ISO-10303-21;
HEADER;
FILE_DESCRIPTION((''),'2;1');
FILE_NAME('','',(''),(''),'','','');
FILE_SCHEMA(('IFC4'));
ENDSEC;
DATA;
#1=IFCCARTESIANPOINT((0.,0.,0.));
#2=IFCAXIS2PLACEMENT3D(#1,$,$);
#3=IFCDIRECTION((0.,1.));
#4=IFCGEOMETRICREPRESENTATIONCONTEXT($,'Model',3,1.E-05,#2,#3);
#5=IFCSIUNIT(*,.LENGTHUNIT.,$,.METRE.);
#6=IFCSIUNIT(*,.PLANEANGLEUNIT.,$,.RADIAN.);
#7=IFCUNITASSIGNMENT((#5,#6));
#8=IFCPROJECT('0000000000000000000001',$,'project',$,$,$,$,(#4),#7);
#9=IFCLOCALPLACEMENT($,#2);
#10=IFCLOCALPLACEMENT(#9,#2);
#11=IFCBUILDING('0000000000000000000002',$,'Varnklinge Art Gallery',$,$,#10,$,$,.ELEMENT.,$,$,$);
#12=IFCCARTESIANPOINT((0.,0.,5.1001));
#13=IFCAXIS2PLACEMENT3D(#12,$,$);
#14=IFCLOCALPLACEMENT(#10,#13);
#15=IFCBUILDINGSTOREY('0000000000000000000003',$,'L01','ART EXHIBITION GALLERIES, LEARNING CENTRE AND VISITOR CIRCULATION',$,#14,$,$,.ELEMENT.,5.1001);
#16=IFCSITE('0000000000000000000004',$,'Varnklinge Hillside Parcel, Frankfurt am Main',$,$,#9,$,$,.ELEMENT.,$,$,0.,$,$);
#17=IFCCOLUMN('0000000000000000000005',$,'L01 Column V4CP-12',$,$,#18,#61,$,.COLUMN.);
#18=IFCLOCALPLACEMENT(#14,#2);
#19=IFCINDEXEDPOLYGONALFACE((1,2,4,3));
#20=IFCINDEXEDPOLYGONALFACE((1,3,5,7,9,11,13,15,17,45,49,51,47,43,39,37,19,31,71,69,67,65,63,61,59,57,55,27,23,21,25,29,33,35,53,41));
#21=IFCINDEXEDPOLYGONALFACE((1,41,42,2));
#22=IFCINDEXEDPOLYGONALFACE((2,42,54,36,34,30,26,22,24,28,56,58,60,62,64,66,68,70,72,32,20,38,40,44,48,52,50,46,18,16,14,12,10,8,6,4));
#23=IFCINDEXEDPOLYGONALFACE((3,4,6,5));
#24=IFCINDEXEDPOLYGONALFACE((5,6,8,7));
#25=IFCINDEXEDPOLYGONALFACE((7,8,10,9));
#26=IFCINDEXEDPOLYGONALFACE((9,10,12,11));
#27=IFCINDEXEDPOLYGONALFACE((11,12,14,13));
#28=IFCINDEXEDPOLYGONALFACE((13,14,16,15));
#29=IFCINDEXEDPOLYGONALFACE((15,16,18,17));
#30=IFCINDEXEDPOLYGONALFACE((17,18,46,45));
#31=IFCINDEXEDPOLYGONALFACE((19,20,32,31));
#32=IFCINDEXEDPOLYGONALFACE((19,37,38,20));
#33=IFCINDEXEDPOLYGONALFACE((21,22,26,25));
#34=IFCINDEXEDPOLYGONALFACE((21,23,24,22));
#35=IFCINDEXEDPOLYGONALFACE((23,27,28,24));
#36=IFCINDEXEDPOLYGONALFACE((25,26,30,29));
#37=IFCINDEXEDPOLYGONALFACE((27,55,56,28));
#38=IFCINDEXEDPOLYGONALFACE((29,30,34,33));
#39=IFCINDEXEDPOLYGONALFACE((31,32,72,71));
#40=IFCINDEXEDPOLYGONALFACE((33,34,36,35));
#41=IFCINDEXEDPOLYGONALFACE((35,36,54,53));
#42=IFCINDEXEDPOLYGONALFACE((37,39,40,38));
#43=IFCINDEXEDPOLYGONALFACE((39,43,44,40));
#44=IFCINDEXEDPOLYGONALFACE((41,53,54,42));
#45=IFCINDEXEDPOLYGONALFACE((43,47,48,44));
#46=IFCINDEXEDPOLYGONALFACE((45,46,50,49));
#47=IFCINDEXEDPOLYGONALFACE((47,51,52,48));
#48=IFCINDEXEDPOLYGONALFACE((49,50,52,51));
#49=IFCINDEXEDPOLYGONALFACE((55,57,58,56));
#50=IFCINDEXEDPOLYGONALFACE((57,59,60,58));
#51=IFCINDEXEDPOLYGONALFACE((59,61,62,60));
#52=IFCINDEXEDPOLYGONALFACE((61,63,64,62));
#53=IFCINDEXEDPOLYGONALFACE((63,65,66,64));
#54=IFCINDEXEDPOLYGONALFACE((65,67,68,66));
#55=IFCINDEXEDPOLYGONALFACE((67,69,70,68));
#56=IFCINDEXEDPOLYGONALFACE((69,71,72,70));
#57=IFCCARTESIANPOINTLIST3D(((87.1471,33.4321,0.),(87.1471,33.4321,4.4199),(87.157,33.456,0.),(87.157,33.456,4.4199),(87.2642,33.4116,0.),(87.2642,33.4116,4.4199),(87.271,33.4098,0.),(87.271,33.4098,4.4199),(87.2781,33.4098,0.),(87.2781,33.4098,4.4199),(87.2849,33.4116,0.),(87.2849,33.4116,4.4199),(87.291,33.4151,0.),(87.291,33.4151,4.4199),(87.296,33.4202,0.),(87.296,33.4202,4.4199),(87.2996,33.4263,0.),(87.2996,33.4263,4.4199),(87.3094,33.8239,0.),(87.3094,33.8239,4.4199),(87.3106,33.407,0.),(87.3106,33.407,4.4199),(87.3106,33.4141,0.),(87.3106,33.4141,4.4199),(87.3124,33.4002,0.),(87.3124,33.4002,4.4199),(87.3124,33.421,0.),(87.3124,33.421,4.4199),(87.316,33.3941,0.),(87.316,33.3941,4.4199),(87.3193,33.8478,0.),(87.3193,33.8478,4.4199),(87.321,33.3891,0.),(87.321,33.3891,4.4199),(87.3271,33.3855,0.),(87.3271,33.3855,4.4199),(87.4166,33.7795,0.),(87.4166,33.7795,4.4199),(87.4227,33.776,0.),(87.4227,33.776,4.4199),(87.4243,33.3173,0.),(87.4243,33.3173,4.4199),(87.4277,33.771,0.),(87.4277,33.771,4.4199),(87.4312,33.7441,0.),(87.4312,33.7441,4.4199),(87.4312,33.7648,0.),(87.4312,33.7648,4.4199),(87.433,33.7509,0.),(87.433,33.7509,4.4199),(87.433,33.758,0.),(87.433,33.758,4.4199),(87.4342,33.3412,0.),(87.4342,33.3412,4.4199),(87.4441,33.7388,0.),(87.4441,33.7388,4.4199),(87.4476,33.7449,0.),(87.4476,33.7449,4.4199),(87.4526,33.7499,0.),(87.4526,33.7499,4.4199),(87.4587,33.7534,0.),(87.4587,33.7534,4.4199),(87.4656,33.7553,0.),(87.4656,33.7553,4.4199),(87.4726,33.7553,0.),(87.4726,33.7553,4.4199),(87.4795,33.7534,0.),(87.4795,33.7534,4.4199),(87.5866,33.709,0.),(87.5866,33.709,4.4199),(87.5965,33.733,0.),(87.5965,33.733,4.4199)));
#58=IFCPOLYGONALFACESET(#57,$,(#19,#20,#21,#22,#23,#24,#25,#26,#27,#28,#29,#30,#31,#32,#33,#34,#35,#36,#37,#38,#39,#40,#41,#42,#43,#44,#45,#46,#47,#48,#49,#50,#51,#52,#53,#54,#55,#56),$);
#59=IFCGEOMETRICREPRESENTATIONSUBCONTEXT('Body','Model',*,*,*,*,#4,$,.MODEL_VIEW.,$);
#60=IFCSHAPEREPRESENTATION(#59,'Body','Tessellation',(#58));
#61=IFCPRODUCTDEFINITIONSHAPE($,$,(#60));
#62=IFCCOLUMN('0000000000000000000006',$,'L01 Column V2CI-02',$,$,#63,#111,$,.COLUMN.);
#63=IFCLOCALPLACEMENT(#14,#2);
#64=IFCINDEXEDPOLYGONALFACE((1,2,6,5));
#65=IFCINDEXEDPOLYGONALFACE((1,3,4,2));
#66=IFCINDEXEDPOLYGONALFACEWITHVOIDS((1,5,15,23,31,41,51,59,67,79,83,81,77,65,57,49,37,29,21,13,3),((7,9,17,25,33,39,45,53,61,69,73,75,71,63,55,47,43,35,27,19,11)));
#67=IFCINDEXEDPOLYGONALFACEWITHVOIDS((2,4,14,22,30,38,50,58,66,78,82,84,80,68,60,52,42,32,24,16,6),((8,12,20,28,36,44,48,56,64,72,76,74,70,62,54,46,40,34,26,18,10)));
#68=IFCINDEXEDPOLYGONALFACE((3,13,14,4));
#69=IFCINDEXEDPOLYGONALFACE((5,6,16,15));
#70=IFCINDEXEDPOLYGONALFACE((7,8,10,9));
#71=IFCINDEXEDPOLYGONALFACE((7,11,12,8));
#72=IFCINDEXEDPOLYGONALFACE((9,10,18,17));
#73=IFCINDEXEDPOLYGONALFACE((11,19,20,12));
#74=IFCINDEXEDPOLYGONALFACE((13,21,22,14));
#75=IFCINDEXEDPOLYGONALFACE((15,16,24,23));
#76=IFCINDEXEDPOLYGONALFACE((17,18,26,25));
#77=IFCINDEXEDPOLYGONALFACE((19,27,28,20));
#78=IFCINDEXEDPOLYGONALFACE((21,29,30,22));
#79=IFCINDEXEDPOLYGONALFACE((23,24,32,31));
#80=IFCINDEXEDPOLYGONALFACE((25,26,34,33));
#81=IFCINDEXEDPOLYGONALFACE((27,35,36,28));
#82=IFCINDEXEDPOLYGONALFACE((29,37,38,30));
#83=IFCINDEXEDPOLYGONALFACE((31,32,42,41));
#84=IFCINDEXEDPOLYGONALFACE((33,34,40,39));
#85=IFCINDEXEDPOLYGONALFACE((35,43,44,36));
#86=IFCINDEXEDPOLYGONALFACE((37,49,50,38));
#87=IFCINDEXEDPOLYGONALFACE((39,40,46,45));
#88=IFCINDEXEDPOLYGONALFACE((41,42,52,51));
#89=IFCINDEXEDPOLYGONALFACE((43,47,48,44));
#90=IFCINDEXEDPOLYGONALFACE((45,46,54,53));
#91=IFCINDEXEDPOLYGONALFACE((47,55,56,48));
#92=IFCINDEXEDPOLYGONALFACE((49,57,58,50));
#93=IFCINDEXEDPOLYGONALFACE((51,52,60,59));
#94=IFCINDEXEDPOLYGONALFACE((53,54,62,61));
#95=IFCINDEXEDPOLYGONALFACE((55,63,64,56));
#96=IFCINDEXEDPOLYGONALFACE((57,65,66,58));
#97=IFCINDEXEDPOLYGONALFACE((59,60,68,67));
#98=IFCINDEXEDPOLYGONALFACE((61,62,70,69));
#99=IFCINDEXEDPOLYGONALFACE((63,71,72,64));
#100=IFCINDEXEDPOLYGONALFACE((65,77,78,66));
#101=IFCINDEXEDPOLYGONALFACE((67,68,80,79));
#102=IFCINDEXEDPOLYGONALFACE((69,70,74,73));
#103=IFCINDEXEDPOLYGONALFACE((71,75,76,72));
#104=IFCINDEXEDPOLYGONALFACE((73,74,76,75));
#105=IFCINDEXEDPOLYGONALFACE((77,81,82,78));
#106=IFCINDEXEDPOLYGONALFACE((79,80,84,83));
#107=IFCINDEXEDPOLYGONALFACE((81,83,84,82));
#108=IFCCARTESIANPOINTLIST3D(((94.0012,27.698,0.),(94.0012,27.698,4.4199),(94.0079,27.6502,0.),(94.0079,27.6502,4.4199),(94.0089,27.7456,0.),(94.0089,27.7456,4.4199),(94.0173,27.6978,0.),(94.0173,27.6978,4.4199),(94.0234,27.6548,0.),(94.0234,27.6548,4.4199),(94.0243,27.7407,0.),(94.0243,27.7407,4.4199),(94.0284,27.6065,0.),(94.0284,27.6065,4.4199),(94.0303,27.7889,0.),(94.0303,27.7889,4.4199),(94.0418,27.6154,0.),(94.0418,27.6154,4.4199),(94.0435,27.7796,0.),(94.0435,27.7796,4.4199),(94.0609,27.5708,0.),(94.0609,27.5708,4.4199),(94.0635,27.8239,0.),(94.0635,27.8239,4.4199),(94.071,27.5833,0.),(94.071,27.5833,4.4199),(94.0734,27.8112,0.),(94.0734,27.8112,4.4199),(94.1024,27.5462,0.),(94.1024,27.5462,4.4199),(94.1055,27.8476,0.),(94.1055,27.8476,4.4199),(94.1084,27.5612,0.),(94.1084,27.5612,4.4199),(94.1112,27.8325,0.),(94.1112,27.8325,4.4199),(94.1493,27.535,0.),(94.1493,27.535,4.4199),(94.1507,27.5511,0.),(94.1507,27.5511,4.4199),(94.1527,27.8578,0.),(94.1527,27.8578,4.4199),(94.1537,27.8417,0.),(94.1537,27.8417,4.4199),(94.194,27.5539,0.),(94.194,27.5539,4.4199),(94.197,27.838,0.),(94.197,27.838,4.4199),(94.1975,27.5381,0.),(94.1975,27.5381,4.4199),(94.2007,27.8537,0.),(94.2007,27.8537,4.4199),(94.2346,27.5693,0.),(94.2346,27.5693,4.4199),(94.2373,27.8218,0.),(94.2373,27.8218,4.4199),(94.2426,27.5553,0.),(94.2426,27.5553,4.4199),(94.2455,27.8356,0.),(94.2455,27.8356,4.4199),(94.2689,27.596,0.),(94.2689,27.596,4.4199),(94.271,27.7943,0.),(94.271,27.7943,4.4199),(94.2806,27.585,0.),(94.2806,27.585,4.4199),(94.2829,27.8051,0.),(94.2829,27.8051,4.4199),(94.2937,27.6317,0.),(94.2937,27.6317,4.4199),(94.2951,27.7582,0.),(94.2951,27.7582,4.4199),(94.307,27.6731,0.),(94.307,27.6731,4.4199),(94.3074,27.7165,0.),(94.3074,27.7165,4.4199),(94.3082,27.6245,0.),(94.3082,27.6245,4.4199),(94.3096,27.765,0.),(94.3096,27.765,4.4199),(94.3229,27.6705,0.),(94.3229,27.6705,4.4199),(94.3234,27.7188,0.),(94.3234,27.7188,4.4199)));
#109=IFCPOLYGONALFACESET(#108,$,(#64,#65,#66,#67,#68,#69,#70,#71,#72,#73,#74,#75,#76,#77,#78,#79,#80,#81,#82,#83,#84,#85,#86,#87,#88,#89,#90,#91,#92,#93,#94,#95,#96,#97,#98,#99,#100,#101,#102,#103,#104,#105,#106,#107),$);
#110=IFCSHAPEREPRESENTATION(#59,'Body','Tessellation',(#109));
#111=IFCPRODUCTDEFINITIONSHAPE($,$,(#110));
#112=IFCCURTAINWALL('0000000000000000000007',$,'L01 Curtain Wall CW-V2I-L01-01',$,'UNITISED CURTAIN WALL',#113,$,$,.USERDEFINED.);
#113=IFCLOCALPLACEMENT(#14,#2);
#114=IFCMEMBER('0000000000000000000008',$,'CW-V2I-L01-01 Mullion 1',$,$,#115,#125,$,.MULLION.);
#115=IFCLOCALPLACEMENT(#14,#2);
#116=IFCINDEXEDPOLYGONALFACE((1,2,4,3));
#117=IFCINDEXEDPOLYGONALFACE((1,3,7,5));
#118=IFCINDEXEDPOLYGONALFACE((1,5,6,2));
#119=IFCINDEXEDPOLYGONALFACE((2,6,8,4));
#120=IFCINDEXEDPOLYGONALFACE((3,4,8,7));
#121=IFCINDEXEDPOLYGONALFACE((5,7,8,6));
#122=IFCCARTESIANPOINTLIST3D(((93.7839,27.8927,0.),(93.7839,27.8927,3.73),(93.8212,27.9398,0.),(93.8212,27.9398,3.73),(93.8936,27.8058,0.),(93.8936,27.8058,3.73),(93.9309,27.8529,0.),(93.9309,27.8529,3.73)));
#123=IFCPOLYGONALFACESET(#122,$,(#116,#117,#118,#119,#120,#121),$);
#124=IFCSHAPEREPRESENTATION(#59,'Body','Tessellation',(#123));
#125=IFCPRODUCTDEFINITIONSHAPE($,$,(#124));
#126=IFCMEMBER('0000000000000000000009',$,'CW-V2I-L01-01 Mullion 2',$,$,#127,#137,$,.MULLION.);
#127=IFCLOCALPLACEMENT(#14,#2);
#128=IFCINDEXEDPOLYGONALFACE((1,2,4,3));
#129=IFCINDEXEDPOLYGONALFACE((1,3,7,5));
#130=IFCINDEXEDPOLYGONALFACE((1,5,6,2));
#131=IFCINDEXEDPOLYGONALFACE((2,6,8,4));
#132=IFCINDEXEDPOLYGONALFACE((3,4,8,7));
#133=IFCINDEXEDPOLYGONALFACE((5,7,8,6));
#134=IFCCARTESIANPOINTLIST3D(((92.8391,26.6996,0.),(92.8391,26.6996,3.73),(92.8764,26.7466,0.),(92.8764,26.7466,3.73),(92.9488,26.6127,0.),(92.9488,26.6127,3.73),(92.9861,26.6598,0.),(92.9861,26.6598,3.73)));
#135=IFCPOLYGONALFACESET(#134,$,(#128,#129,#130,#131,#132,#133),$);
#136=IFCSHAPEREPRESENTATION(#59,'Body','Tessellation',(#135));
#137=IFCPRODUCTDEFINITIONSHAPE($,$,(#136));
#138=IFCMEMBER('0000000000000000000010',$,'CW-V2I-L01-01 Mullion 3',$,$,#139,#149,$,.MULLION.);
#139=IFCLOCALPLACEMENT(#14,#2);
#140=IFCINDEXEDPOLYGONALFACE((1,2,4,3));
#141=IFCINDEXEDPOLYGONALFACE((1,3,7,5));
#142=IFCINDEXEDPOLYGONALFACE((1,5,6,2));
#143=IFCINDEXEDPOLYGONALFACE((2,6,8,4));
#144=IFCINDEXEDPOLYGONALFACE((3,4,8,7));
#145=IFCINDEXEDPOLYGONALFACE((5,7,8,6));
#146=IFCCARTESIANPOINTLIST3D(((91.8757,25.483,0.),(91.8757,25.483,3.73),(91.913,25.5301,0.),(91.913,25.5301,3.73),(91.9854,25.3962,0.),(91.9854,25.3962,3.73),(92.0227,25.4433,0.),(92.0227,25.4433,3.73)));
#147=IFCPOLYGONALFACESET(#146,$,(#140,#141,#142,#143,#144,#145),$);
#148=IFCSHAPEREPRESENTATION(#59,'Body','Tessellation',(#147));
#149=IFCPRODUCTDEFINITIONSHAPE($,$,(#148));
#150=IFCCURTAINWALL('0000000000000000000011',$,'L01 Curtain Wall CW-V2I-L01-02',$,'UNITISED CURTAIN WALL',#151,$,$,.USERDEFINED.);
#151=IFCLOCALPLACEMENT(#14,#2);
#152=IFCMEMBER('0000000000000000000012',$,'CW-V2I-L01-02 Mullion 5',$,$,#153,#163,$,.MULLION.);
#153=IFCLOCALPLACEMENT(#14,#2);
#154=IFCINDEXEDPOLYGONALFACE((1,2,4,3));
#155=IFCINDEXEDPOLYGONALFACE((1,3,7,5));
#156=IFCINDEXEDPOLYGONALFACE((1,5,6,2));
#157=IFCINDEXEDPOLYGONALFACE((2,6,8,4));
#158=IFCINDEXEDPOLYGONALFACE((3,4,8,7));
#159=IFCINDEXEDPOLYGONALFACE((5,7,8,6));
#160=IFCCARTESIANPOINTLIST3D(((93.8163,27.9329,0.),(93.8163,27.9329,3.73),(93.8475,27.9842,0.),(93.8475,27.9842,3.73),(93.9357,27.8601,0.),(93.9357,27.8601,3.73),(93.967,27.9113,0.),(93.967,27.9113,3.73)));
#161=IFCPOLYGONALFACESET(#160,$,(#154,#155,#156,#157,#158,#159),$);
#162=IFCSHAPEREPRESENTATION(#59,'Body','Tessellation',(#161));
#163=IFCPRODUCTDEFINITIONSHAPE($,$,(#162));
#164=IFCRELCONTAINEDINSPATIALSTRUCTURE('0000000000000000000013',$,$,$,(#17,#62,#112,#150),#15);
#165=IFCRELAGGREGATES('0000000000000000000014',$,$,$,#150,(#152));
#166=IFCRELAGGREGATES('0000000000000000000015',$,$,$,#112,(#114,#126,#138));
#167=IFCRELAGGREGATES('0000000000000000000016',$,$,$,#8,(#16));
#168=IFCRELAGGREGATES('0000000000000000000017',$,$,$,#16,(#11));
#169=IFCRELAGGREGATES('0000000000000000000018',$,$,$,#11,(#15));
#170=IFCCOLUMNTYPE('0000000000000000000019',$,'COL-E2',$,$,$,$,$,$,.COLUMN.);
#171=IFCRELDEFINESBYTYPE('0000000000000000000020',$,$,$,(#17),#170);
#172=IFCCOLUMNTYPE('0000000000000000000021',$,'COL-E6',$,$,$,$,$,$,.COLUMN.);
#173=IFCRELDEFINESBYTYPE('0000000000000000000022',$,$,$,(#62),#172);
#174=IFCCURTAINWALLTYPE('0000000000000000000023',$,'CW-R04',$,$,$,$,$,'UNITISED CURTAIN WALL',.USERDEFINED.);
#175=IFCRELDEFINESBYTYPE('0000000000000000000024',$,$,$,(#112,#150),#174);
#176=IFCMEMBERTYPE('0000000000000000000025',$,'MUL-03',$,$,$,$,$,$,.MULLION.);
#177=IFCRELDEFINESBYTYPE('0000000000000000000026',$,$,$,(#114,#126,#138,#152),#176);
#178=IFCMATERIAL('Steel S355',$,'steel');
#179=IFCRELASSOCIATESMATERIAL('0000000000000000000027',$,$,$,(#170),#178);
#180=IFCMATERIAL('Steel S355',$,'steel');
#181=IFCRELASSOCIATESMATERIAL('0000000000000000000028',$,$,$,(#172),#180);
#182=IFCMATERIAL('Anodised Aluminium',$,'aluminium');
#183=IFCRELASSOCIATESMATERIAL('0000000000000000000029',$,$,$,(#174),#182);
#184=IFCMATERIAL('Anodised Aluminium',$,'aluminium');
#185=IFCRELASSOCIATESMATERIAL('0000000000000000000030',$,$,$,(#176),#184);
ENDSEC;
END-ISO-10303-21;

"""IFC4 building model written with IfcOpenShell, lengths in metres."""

from ifc_helpers import new_model, si_unit, direction, frame, origin, origin_2d, place, context, subcontext, project, spatial, rectangle, hollow_circle, i_section, extrude, material, material_profile, profile_set, type_object, element, aggregate, save


model = new_model("IFC4")

# Units and contexts
model_context = context("Model", 3, precision=1e-05, world=origin(), true_north=direction((0.0, 1.0)))
body_context = subcontext(model_context, "Body", "Model", "MODEL_VIEW")
ifc_project = project(units=[si_unit("LENGTHUNIT", "METRE"), si_unit("PLANEANGLEUNIT", "RADIAN")], contexts=[model_context])

# Site, building, storey
site_placement = place(None, origin())
site = spatial("IfcSite", under=ifc_project, at=site_placement, Name="Varnklinge Hillside Parcel, Frankfurt am Main", CompositionType="ELEMENT", RefElevation=0.0)
building_placement = place(site_placement, origin())
building = spatial("IfcBuilding", under=site, at=building_placement, Name="Varnklinge Art Gallery", CompositionType="ELEMENT")
storey_placement = place(building_placement, frame((0.0, 0.0, 5.1001)))
storey = spatial("IfcBuildingStorey", under=building, at=storey_placement, Name="L01", Description="ART EXHIBITION GALLERIES, LEARNING CENTRE AND VISITOR CIRCULATION", CompositionType="ELEMENT", Elevation=5.1001)

# Columns
ifc_material_1 = material(Name="Steel S355", Category="steel")
ifc_material_profile_1 = material_profile(ifc_material_1, i_section(OverallWidth=0.3, OverallDepth=0.45, WebThickness=0.0139, FlangeThickness=0.0259, FilletRadius=0.0271, at=origin_2d()), Name="HEB 450")
ifc_profile_set_1 = profile_set([ifc_material_profile_1], Name="Steel S355")
column_type_1 = type_object("IfcColumnType", Name="COL-E2", PredefinedType="COLUMN", material=ifc_profile_set_1)
column_1_placement = place(storey_placement, frame((87.3718, 33.5825, 0.0), z_axis=(0.0, 0.0, 1.0), x_axis=(0.92388, -0.382683, 0.0)))
element("IfcColumn", 1, at=column_1_placement, inside=storey, type_object=column_type_1, Name="L01 Column V4CP-12", PredefinedType="COLUMN", context=body_context, shape_type="SweptSolid", body=[
    extrude(i_section(OverallWidth=0.3, OverallDepth=0.45, WebThickness=0.0139, FlangeThickness=0.0259, FilletRadius=0.0271, at=origin_2d()), origin(), (0.0, 0.0, 1.0), 4.4199),
])
ifc_material_2 = material(Name="Steel S355", Category="steel")
ifc_material_profile_2 = material_profile(ifc_material_2, hollow_circle(Radius=0.1619, WallThickness=0.0161, at=origin_2d()), Name="CHS 323.9x16")
ifc_profile_set_2 = profile_set([ifc_material_profile_2], Name="Steel S355")
column_type_2 = type_object("IfcColumnType", Name="COL-E6", PredefinedType="COLUMN", material=ifc_profile_set_2)
column_2_placement = place(storey_placement, frame((94.1631, 27.6963, 0.0), z_axis=(0.0, 0.0, 1.0), x_axis=(-0.820352, 0.57186, 0.0)))
element("IfcColumn", 2, at=column_2_placement, inside=storey, type_object=column_type_2, Name="L01 Column V2CI-02", PredefinedType="COLUMN", context=body_context, shape_type="SweptSolid", body=[
    extrude(hollow_circle(Radius=0.1619, WallThickness=0.0161, at=origin_2d()), origin(), (0.0, 0.0, 1.0), 4.4199),
])

# Curtain wall, members
ifc_material_3 = material(Name="Anodised Aluminium", Category="aluminium")
curtain_wall_type = type_object("IfcCurtainWallType", Name="CW-R04", ElementType="UNITISED CURTAIN WALL", PredefinedType="USERDEFINED", material=ifc_material_3)
curtain_wall_1_placement = place(storey_placement, origin())
curtain_wall_1 = element("IfcCurtainWall", 3, at=curtain_wall_1_placement, inside=storey, type_object=curtain_wall_type, Name="L01 Curtain Wall CW-V2I-L01-01", ObjectType="UNITISED CURTAIN WALL", PredefinedType="USERDEFINED")
ifc_material_4 = material(Name="Anodised Aluminium", Category="aluminium")
ifc_material_profile_3 = material_profile(ifc_material_4, rectangle(XDim=0.0601, YDim=0.1399, at=origin_2d()), Name="ALU 60x140")
ifc_profile_set_3 = profile_set([ifc_material_profile_3], Name="Anodised Aluminium")
member_type_1 = type_object("IfcMemberType", Name="MUL-03", PredefinedType="MULLION", material=ifc_profile_set_3)
member_1_placement = place(storey_placement, frame((93.8574, 27.8728, 0.0), z_axis=(0.0, 0.0, 1.0), x_axis=(-0.620737, -0.784019, 0.0)))
member_1 = element("IfcMember", 4, at=member_1_placement, type_object=member_type_1, Name="CW-V2I-L01-01 Mullion 1", PredefinedType="MULLION", context=body_context, shape_type="SweptSolid", body=[
    extrude(rectangle(XDim=0.0601, YDim=0.1399, at=origin_2d()), origin(), (0.0, 0.0, 1.0), 3.73),
])
member_2_placement = place(storey_placement, frame((92.9126, 26.6797, 0.0), z_axis=(0.0, 0.0, 1.0), x_axis=(-0.620737, -0.784019, 0.0)))
member_2 = element("IfcMember", 5, at=member_2_placement, type_object=member_type_1, Name="CW-V2I-L01-01 Mullion 2", PredefinedType="MULLION", context=body_context, shape_type="SweptSolid", body=[
    extrude(rectangle(XDim=0.0601, YDim=0.1399, at=origin_2d()), origin(), (0.0, 0.0, 1.0), 3.73),
])
member_3_placement = place(storey_placement, frame((91.9492, 25.4631, 0.0), z_axis=(0.0, 0.0, 1.0), x_axis=(-0.620737, -0.784019, 0.0)))
member_3 = element("IfcMember", 6, at=member_3_placement, type_object=member_type_1, Name="CW-V2I-L01-01 Mullion 3", PredefinedType="MULLION", context=body_context, shape_type="SweptSolid", body=[
    extrude(rectangle(XDim=0.0601, YDim=0.1399, at=origin_2d()), origin(), (0.0, 0.0, 1.0), 3.73),
])

# Curtain wall, member
curtain_wall_2_placement = place(storey_placement, origin())
curtain_wall_2 = element("IfcCurtainWall", 7, at=curtain_wall_2_placement, inside=storey, type_object=curtain_wall_type, Name="L01 Curtain Wall CW-V2I-L01-02", ObjectType="UNITISED CURTAIN WALL", PredefinedType="USERDEFINED")
member_4_placement = place(storey_placement, frame((93.8916, 27.9221, 0.0), z_axis=(0.0, 0.0, 1.0), x_axis=(-0.520861, -0.853642, 0.0)))
member_4 = element("IfcMember", 8, at=member_4_placement, type_object=member_type_1, Name="CW-V2I-L01-02 Mullion 5", PredefinedType="MULLION", context=body_context, shape_type="SweptSolid", body=[
    extrude(rectangle(XDim=0.0601, YDim=0.1399, at=origin_2d()), origin(), (0.0, 0.0, 1.0), 3.73),
])
aggregate(curtain_wall_2, [member_4])

aggregate(curtain_wall_1, [member_1, member_2, member_3])

save(model, "model.ifc")
